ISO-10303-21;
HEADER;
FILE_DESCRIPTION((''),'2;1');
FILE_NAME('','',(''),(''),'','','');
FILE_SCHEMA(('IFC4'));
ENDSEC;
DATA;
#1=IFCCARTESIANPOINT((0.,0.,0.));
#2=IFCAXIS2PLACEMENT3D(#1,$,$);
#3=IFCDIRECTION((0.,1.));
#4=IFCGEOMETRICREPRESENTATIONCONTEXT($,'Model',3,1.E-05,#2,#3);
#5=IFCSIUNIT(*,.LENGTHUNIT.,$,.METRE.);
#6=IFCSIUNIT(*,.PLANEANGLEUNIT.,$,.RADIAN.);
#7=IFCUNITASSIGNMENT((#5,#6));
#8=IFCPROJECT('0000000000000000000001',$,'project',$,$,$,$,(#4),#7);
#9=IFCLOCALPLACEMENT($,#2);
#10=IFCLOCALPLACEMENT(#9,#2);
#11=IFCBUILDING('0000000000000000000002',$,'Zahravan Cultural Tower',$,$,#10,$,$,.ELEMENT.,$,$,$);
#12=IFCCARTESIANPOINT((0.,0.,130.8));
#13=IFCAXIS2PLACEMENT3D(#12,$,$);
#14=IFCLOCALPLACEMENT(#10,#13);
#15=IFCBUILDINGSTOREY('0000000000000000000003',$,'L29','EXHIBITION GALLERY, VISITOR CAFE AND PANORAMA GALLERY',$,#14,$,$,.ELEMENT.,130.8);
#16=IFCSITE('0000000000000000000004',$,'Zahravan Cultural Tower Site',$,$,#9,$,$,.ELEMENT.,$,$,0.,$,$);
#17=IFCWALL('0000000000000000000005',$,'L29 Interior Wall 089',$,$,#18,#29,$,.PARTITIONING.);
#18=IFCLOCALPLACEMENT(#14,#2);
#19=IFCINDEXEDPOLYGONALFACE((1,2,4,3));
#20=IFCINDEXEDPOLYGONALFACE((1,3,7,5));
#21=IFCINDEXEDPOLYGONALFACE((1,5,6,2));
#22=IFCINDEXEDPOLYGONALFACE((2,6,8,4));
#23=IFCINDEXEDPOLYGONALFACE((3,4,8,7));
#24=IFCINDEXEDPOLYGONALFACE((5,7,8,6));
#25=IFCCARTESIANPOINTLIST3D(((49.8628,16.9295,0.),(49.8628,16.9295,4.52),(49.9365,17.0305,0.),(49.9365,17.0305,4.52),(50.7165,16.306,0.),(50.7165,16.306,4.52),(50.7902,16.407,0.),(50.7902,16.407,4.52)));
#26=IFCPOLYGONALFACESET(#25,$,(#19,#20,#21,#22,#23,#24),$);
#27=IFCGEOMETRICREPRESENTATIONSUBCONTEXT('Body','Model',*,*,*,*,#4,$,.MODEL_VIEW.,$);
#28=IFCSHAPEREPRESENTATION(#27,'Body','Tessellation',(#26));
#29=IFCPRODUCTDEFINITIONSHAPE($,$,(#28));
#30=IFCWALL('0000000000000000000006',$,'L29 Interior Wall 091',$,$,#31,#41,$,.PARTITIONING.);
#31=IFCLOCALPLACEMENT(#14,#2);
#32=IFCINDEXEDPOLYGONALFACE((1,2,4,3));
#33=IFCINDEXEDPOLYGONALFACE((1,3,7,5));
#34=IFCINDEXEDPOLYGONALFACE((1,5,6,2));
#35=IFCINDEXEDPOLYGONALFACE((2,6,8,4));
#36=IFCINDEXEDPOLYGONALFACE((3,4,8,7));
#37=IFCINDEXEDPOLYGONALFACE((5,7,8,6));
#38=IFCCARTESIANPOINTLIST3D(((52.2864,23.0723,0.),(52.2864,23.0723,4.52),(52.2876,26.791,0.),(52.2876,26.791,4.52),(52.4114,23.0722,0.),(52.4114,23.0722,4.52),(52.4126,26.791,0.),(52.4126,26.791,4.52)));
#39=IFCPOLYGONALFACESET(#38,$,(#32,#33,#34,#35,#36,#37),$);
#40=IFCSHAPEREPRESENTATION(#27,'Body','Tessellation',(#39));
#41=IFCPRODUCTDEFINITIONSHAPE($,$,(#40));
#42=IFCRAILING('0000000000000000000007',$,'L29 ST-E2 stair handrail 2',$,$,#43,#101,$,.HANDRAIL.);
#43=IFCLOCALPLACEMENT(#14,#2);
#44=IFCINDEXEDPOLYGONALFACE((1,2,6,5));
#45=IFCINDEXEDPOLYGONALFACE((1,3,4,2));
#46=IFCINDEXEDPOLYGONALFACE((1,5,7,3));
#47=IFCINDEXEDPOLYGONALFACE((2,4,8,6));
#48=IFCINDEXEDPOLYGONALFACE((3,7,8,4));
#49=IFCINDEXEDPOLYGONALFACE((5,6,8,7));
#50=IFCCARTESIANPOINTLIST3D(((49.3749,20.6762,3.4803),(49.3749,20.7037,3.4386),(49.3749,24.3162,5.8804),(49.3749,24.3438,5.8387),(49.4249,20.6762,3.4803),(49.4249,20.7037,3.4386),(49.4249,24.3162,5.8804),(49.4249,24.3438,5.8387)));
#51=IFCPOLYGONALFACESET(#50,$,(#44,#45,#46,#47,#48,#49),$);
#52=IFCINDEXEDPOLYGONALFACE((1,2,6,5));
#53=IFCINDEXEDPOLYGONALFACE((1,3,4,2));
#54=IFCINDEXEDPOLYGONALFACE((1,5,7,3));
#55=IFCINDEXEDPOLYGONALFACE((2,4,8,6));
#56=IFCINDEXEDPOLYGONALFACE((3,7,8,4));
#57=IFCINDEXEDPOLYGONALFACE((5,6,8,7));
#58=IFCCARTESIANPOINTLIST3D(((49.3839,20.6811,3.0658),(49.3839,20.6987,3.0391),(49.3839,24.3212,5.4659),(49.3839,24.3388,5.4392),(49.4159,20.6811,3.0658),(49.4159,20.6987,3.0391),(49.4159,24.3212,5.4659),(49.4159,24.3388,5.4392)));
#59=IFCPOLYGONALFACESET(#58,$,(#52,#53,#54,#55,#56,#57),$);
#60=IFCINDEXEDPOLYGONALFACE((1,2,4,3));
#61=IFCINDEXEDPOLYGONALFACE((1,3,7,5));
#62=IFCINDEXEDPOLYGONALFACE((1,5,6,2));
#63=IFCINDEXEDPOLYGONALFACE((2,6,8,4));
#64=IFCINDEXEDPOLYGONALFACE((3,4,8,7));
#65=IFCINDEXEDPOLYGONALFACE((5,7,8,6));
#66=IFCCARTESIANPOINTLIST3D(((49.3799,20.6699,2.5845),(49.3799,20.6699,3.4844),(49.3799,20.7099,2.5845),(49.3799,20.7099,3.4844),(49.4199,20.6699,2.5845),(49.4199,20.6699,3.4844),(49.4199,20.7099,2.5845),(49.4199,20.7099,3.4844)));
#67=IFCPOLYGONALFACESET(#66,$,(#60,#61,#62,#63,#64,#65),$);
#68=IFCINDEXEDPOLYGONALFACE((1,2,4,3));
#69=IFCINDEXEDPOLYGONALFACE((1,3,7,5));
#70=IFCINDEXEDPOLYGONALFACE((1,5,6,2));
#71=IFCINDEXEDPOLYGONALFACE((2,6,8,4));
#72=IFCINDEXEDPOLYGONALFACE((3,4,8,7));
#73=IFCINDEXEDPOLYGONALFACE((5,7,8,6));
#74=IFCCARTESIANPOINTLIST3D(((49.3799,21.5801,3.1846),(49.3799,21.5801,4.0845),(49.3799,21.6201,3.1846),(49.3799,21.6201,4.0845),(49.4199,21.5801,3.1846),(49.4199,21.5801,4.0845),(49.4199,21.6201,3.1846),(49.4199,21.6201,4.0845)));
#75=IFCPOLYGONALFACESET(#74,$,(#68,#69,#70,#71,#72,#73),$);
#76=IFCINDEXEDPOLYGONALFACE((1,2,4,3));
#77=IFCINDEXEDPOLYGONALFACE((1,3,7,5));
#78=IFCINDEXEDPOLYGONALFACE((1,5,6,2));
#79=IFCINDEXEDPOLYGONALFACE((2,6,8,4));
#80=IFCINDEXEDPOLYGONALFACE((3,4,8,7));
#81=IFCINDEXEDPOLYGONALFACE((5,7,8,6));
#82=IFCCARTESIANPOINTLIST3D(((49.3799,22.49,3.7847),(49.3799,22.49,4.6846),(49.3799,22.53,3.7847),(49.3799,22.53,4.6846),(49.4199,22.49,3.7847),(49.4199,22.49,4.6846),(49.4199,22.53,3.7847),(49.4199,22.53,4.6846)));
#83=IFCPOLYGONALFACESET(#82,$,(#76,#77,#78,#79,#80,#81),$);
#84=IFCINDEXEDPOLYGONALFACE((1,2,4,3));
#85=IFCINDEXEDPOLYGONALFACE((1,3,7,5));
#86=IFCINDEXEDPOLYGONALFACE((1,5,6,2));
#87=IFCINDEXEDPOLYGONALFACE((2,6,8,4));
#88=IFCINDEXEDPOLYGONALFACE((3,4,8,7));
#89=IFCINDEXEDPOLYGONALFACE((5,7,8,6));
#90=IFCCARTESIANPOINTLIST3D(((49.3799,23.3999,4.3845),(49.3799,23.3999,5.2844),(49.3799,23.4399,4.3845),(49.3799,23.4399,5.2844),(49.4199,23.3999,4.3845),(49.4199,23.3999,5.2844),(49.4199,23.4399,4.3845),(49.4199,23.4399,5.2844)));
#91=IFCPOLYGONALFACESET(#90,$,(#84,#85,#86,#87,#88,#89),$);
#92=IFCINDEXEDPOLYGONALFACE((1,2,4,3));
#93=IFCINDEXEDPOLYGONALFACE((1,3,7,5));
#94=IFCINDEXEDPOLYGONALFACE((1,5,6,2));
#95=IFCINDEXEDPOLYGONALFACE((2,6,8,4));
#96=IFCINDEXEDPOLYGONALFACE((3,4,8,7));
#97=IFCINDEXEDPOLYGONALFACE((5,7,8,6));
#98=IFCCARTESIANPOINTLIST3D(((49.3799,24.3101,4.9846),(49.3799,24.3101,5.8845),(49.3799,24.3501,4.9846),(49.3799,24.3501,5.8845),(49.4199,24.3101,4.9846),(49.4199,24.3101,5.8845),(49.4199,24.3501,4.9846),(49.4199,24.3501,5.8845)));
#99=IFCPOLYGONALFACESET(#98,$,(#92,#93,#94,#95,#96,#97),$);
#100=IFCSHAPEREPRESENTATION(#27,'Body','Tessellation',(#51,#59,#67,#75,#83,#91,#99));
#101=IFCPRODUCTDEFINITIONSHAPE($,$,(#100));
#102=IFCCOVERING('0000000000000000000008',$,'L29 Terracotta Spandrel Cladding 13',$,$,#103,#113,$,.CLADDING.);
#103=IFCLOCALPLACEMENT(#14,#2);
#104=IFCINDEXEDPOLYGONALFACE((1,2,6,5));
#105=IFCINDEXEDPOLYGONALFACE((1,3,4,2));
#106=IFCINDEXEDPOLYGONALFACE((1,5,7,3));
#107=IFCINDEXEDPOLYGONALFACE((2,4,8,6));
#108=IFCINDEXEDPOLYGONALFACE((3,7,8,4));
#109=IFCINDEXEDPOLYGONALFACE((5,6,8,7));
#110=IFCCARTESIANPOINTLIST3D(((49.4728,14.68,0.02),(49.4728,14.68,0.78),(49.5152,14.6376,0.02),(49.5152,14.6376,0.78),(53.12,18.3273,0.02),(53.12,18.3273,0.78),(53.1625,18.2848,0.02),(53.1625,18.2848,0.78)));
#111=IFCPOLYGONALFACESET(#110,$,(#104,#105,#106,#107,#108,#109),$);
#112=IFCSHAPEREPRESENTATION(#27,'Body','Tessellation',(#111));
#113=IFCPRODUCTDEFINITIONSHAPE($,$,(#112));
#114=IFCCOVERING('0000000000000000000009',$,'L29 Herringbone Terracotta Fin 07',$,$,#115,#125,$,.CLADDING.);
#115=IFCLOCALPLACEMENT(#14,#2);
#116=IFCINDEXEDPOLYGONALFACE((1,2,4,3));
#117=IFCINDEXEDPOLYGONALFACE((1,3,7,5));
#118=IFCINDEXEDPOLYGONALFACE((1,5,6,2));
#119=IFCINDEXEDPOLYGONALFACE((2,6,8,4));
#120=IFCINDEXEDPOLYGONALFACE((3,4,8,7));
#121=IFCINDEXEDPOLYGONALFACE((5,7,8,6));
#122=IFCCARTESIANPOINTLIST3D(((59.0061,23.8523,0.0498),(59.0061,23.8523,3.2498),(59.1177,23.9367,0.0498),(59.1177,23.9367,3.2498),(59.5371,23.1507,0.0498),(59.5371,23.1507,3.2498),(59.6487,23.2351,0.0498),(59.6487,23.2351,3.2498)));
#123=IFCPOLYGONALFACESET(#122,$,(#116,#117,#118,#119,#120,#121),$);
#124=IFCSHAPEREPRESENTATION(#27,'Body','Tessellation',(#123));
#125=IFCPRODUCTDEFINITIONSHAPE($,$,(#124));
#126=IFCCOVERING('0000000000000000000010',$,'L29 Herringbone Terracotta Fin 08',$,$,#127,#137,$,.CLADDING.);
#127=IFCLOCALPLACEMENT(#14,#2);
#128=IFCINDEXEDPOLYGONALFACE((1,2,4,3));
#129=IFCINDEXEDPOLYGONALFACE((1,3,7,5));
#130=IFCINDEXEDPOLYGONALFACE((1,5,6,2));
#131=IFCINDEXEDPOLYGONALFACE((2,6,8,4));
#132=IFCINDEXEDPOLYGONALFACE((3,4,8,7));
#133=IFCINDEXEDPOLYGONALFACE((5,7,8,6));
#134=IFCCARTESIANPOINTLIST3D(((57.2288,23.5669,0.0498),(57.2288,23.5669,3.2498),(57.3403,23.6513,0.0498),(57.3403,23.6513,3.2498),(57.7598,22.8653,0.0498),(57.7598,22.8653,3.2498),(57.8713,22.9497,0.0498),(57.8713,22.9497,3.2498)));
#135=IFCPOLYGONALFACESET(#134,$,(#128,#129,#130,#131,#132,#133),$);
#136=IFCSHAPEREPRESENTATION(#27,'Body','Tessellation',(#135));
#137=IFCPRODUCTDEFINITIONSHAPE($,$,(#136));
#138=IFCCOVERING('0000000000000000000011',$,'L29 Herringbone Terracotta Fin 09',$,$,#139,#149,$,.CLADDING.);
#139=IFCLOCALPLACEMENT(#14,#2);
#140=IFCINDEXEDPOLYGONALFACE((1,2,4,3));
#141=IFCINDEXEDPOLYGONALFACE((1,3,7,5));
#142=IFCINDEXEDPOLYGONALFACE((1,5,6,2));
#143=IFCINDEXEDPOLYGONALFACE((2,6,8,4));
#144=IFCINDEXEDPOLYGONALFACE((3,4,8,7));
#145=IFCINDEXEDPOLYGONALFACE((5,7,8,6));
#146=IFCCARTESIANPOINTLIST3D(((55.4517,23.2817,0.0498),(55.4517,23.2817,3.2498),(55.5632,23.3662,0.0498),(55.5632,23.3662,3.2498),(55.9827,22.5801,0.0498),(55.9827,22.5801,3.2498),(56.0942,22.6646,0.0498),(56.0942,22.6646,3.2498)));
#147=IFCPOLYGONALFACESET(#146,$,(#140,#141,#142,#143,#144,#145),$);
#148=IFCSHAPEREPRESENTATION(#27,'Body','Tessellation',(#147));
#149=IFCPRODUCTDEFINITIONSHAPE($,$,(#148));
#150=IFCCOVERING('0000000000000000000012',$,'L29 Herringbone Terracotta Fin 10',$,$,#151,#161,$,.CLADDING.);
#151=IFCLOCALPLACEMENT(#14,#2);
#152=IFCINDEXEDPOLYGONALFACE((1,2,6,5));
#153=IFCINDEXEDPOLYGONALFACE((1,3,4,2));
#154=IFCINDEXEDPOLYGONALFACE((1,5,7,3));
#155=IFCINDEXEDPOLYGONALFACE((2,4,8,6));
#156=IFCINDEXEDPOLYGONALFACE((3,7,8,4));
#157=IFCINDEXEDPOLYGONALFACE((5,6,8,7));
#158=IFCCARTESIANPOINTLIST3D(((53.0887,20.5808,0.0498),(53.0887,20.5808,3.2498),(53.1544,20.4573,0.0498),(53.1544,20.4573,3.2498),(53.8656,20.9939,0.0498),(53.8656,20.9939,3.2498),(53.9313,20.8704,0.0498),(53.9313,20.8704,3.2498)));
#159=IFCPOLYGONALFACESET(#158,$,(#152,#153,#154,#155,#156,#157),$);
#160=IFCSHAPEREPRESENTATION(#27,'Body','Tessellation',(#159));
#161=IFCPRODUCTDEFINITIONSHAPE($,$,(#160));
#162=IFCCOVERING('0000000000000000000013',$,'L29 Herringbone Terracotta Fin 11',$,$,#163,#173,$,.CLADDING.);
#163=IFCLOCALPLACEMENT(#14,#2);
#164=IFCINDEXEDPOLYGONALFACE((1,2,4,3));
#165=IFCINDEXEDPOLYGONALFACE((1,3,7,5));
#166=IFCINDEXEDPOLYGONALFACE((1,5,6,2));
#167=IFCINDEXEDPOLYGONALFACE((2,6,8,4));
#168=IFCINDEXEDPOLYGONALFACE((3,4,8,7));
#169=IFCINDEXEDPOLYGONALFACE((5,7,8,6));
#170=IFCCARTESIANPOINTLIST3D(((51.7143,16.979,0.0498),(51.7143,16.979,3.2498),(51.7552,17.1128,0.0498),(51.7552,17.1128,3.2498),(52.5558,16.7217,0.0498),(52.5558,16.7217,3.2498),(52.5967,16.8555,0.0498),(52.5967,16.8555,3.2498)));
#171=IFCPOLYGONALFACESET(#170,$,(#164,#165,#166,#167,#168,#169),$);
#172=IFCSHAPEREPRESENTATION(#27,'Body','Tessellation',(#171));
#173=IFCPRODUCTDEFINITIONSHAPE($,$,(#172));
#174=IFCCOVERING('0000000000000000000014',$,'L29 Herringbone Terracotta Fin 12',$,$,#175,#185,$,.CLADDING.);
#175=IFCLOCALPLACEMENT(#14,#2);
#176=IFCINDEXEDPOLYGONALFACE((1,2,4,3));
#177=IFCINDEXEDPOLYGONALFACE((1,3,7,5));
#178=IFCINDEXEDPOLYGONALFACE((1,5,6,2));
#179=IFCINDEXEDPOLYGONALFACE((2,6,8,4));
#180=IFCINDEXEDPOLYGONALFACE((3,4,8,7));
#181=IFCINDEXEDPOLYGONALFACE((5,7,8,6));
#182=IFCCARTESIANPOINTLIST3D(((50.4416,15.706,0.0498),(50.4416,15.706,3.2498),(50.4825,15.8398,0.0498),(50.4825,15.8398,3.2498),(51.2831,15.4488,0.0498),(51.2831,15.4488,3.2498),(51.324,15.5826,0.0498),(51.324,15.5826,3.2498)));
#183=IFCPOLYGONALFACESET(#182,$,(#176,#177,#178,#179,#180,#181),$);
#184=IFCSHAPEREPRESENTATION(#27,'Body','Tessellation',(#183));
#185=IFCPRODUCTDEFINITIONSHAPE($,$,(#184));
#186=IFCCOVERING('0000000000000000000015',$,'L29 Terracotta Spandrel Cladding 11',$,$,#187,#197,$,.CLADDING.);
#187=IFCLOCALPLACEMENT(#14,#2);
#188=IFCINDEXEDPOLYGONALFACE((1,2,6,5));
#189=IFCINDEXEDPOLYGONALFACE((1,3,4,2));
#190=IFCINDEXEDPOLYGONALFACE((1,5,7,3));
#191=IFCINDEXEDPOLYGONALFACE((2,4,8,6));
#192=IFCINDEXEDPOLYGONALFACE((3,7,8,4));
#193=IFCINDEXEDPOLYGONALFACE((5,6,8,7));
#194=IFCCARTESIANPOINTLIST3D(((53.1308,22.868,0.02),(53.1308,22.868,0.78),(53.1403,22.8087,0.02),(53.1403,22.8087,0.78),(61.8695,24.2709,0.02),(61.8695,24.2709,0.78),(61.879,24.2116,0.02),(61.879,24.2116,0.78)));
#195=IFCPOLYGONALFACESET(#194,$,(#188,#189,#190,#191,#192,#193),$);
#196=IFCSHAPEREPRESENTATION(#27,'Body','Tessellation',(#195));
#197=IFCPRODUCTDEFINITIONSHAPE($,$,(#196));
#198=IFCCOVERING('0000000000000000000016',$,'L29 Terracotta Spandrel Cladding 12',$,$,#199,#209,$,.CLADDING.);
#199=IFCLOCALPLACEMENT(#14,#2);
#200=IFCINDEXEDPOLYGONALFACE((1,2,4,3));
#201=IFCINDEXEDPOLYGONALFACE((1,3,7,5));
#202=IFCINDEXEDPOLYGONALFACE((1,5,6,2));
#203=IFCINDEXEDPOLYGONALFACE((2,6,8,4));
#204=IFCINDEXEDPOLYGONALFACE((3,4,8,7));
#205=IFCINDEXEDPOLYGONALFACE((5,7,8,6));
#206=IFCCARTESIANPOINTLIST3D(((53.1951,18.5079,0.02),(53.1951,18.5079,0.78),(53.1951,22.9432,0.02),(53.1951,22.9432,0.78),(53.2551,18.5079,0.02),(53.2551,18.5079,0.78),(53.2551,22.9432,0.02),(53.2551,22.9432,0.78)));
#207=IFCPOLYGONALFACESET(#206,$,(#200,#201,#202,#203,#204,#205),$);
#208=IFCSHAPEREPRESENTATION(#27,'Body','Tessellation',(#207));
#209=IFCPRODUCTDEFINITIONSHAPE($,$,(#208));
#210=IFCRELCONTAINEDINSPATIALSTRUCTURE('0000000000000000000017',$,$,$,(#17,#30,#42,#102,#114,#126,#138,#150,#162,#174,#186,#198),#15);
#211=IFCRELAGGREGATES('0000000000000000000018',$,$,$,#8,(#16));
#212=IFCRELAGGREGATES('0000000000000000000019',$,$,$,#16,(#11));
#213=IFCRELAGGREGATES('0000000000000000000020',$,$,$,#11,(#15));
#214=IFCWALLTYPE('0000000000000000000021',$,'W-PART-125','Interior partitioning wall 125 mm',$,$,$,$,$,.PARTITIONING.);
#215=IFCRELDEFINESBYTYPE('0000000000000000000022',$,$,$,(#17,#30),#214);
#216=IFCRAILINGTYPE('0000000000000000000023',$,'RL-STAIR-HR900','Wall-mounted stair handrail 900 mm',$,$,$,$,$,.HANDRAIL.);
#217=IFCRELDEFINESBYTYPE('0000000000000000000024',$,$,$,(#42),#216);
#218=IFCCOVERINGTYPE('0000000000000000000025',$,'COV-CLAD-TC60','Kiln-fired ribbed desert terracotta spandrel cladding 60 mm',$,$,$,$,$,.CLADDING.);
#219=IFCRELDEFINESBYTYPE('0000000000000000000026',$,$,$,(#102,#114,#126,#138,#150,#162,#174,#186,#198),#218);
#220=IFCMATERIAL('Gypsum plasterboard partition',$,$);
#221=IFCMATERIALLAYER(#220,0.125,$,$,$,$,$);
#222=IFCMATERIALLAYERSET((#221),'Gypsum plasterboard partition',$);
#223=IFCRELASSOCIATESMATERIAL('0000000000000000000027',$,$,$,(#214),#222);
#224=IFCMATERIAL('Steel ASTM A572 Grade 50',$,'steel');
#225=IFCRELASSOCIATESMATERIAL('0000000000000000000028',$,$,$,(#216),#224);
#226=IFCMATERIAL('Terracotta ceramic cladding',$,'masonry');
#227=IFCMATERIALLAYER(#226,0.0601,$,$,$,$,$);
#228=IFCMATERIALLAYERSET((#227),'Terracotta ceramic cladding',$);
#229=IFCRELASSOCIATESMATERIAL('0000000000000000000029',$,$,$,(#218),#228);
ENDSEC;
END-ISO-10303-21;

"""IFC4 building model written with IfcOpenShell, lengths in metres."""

from ifc_helpers import new_model, si_unit, direction, frame, frame_2d, origin, origin_2d, place, context, subcontext, project, spatial, rectangle, extrude, source, transform, mapped, material, layer, layer_set, type_object, element, save


model = new_model("IFC4")

# Units and contexts
model_context = context("Model", 3, precision=1e-05, world=origin(), true_north=direction((0.0, 1.0)))
body_context = subcontext(model_context, "Body", "Model", "MODEL_VIEW")
ifc_project = project(units=[si_unit("LENGTHUNIT", "METRE"), si_unit("PLANEANGLEUNIT", "RADIAN")], contexts=[model_context])

# Site, building, storey
site_placement = place(None, origin())
site = spatial("IfcSite", under=ifc_project, at=site_placement, Name="Zahravan Cultural Tower Site", CompositionType="ELEMENT", RefElevation=0.0)
building_placement = place(site_placement, origin())
building = spatial("IfcBuilding", under=site, at=building_placement, Name="Zahravan Cultural Tower", CompositionType="ELEMENT")
storey_placement = place(building_placement, frame((0.0, 0.0, 130.8)))
storey = spatial("IfcBuildingStorey", under=building, at=storey_placement, Name="L29", Description="EXHIBITION GALLERY, VISITOR CAFE AND PANORAMA GALLERY", CompositionType="ELEMENT", Elevation=130.8)

# Shared definitions
ifc_material_1 = material(Name="Gypsum plasterboard partition")
ifc_layer_1 = layer(ifc_material_1, 0.125)
ifc_layer_set_1 = layer_set([ifc_layer_1], Name="Gypsum plasterboard partition")
wall_type_1 = type_object("IfcWallType", Name="W-PART-125", Description="Interior partitioning wall 125 mm", PredefinedType="PARTITIONING", material=ifc_layer_set_1)

# Walls
shared_shape_1 = source(origin(), body_context, "Body", "SweptSolid", [
    extrude(rectangle(XDim=1.0571, YDim=0.125, at=frame_2d((0.5286, 0.0))), origin(), (0.0, 0.0, 1.0), 4.52),
])
wall_1_placement = place(storey_placement, frame((49.8997, 16.98, 0.0), z_axis=(0.0, 0.0, 1.0), x_axis=(0.807556, -0.589791, 0.0)))
element("IfcWall", 1, at=wall_1_placement, inside=storey, type_object=wall_type_1, Name="L29 Interior Wall 089", PredefinedType="PARTITIONING", context=body_context, shape_type="MappedRepresentation", body=[
    mapped(shared_shape_1, transform((0.0, 0.0, 0.0), x_axis=(1.0, 0.0, 0.0), y_axis=(0.0, 1.0, 0.0), z_axis=(0.0, 0.0, 1.0), scale=1.0)),
])
shared_shape_2 = source(origin(), body_context, "Body", "SweptSolid", [
    extrude(rectangle(XDim=3.7188, YDim=0.125, at=frame_2d((1.8594, 0.0))), origin(), (0.0, 0.0, 1.0), 4.52),
])
wall_2_placement = place(storey_placement, frame((52.3489, 23.0723, 0.0), z_axis=(0.0, 0.0, 1.0), x_axis=(0.000328, 1.0, 0.0)))
element("IfcWall", 2, at=wall_2_placement, inside=storey, type_object=wall_type_1, Name="L29 Interior Wall 091", PredefinedType="PARTITIONING", context=body_context, shape_type="MappedRepresentation", body=[
    mapped(shared_shape_2, transform((0.0, 0.0, 0.0), x_axis=(1.0, 0.0, 0.0), y_axis=(0.0, 1.0, 0.0), z_axis=(0.0, 0.0, 1.0), scale=1.0)),
])

# Railing
ifc_material_2 = material(Name="Steel ASTM A572 Grade 50", Category="steel")
railing_type = type_object("IfcRailingType", Name="RL-STAIR-HR900", Description="Wall-mounted stair handrail 900 mm", PredefinedType="HANDRAIL", material=ifc_material_2)
railing_placement = place(storey_placement, frame((49.3999, 20.6899, 2.5845)))
element("IfcRailing", 3, at=railing_placement, inside=storey, type_object=railing_type, Name="L29 ST-E2 stair handrail 2", PredefinedType="HANDRAIL", context=body_context, shape_type="SweptSolid", body=[
    extrude(rectangle(XDim=0.05, YDim=0.05, at=origin_2d()), frame((0.0, 0.0, 0.875), z_axis=(0.0, 0.834856, 0.550468), x_axis=(-1.0, 0.0, 0.0)), (0.0, 0.0, 1.0), 4.3601),
    extrude(rectangle(XDim=0.032, YDim=0.032, at=origin_2d()), frame((0.0, 0.0, 0.468), z_axis=(0.0, 0.834856, 0.550468), x_axis=(-1.0, 0.0, 0.0)), (0.0, 0.0, 1.0), 4.3601),
    extrude(rectangle(XDim=0.04, YDim=0.04, at=origin_2d()), origin(), (0.0, 0.0, 1.0), 0.8999),
    extrude(rectangle(XDim=0.04, YDim=0.04, at=origin_2d()), frame((0.0, 0.9102, 0.6001)), (0.0, 0.0, 1.0), 0.8999),
    extrude(rectangle(XDim=0.04, YDim=0.04, at=origin_2d()), frame((0.0, 1.8201, 1.2002)), (0.0, 0.0, 1.0), 0.8999),
    extrude(rectangle(XDim=0.04, YDim=0.04, at=origin_2d()), frame((0.0, 2.73, 1.8)), (0.0, 0.0, 1.0), 0.8999),
    extrude(rectangle(XDim=0.04, YDim=0.04, at=origin_2d()), frame((0.0, 3.6401, 2.4001)), (0.0, 0.0, 1.0), 0.8999),
])

# Coverings
ifc_material_3 = material(Name="Terracotta ceramic cladding", Category="masonry")
ifc_layer_2 = layer(ifc_material_3, 0.0601)
ifc_layer_set_2 = layer_set([ifc_layer_2], Name="Terracotta ceramic cladding")
covering_type = type_object("IfcCoveringType", Name="COV-CLAD-TC60", Description="Kiln-fired ribbed desert terracotta spandrel cladding 60 mm", PredefinedType="CLADDING", material=ifc_layer_set_2)
shared_shape_3 = source(origin(), body_context, "Body", "SweptSolid", [
    extrude(rectangle(XDim=5.158, YDim=0.0601, at=origin_2d()), origin(), (0.0, 0.0, 1.0), 0.76),
])
covering_1_placement = place(storey_placement, frame((51.3176, 16.4824, 0.02), z_axis=(0.0, 0.0, 1.0), x_axis=(-0.707107, -0.707107, 0.0)))
element("IfcCovering", 4, at=covering_1_placement, inside=storey, type_object=covering_type, Name="L29 Terracotta Spandrel Cladding 13", PredefinedType="CLADDING", context=body_context, shape_type="MappedRepresentation", body=[
    mapped(shared_shape_3, transform((0.0, 0.0, 0.0), x_axis=(1.0, 0.0, 0.0), y_axis=(0.0, 1.0, 0.0), z_axis=(0.0, 0.0, 1.0), scale=1.0)),
])
shared_shape_4 = source(origin(), body_context, "Body", "SweptSolid", [
    extrude(rectangle(XDim=0.8799, YDim=0.1399, at=origin_2d()), origin(), (0.0, 0.0, 1.0), 3.2),
])
for number, where, z_axis, x_axis, name in (
    (5, (59.3274, 23.5437, 0.0498), (0.0, 0.0, 1.0), (0.603486, -0.797373, 0.0), "L29 Herringbone Terracotta Fin 07"),
    (6, (57.55, 23.2583, 0.0498), (0.0, 0.0, 1.0), (0.603486, -0.797373, 0.0), "L29 Herringbone Terracotta Fin 08"),
    (7, (55.7729, 22.9731, 0.0498), (0.0, 0.0, 1.0), (0.603486, -0.797373, 0.0), "L29 Herringbone Terracotta Fin 09"),
    (8, (53.51, 20.7256, 0.0498), (0.0, 0.0, 1.0), (0.882948, 0.469472, 0.0), "L29 Herringbone Terracotta Fin 10"),
    (9, (52.1555, 16.9172, 0.0498), (0.0, 0.0, 1.0), (0.956305, -0.292372, 0.0), "L29 Herringbone Terracotta Fin 11"),
    (10, (50.8828, 15.6443, 0.0498), (0.0, 0.0, 1.0), (0.956305, -0.292372, 0.0), "L29 Herringbone Terracotta Fin 12"),
):
    element("IfcCovering", number, at=place(storey_placement, frame(where, z_axis=z_axis, x_axis=x_axis)), inside=storey, type_object=covering_type, Name=name, PredefinedType="CLADDING", context=body_context, shape_type="MappedRepresentation", body=[
        mapped(shared_shape_4, transform((0.0, 0.0, 0.0), x_axis=(1.0, 0.0, 0.0), y_axis=(0.0, 1.0, 0.0), z_axis=(0.0, 0.0, 1.0), scale=1.0)),
    ])
shared_shape_5 = source(origin(), body_context, "Body", "SweptSolid", [
    extrude(rectangle(XDim=8.8506, YDim=0.0601, at=origin_2d()), origin(), (0.0, 0.0, 1.0), 0.76),
])
covering_2_placement = place(storey_placement, frame((57.5049, 23.5398, 0.02), z_axis=(0.0, 0.0, 1.0), x_axis=(-0.987359, -0.158503, 0.0)))
element("IfcCovering", 11, at=covering_2_placement, inside=storey, type_object=covering_type, Name="L29 Terracotta Spandrel Cladding 11", PredefinedType="CLADDING", context=body_context, shape_type="MappedRepresentation", body=[
    mapped(shared_shape_5, transform((0.0, 0.0, 0.0), x_axis=(1.0, 0.0, 0.0), y_axis=(0.0, 1.0, 0.0), z_axis=(0.0, 0.0, 1.0), scale=1.0)),
])
shared_shape_6 = source(origin(), body_context, "Body", "SweptSolid", [
    extrude(rectangle(XDim=4.4353, YDim=0.0601, at=origin_2d()), origin(), (0.0, 0.0, 1.0), 0.76),
])
covering_3_placement = place(storey_placement, frame((53.2251, 20.7256, 0.02), z_axis=(0.0, 0.0, 1.0), x_axis=(0.0, -1.0, 0.0)))
element("IfcCovering", 12, at=covering_3_placement, inside=storey, type_object=covering_type, Name="L29 Terracotta Spandrel Cladding 12", PredefinedType="CLADDING", context=body_context, shape_type="MappedRepresentation", body=[
    mapped(shared_shape_6, transform((0.0, 0.0, 0.0), x_axis=(1.0, 0.0, 0.0), y_axis=(0.0, 1.0, 0.0), z_axis=(0.0, 0.0, 1.0), scale=1.0)),
])

save(model, "model.ifc")
